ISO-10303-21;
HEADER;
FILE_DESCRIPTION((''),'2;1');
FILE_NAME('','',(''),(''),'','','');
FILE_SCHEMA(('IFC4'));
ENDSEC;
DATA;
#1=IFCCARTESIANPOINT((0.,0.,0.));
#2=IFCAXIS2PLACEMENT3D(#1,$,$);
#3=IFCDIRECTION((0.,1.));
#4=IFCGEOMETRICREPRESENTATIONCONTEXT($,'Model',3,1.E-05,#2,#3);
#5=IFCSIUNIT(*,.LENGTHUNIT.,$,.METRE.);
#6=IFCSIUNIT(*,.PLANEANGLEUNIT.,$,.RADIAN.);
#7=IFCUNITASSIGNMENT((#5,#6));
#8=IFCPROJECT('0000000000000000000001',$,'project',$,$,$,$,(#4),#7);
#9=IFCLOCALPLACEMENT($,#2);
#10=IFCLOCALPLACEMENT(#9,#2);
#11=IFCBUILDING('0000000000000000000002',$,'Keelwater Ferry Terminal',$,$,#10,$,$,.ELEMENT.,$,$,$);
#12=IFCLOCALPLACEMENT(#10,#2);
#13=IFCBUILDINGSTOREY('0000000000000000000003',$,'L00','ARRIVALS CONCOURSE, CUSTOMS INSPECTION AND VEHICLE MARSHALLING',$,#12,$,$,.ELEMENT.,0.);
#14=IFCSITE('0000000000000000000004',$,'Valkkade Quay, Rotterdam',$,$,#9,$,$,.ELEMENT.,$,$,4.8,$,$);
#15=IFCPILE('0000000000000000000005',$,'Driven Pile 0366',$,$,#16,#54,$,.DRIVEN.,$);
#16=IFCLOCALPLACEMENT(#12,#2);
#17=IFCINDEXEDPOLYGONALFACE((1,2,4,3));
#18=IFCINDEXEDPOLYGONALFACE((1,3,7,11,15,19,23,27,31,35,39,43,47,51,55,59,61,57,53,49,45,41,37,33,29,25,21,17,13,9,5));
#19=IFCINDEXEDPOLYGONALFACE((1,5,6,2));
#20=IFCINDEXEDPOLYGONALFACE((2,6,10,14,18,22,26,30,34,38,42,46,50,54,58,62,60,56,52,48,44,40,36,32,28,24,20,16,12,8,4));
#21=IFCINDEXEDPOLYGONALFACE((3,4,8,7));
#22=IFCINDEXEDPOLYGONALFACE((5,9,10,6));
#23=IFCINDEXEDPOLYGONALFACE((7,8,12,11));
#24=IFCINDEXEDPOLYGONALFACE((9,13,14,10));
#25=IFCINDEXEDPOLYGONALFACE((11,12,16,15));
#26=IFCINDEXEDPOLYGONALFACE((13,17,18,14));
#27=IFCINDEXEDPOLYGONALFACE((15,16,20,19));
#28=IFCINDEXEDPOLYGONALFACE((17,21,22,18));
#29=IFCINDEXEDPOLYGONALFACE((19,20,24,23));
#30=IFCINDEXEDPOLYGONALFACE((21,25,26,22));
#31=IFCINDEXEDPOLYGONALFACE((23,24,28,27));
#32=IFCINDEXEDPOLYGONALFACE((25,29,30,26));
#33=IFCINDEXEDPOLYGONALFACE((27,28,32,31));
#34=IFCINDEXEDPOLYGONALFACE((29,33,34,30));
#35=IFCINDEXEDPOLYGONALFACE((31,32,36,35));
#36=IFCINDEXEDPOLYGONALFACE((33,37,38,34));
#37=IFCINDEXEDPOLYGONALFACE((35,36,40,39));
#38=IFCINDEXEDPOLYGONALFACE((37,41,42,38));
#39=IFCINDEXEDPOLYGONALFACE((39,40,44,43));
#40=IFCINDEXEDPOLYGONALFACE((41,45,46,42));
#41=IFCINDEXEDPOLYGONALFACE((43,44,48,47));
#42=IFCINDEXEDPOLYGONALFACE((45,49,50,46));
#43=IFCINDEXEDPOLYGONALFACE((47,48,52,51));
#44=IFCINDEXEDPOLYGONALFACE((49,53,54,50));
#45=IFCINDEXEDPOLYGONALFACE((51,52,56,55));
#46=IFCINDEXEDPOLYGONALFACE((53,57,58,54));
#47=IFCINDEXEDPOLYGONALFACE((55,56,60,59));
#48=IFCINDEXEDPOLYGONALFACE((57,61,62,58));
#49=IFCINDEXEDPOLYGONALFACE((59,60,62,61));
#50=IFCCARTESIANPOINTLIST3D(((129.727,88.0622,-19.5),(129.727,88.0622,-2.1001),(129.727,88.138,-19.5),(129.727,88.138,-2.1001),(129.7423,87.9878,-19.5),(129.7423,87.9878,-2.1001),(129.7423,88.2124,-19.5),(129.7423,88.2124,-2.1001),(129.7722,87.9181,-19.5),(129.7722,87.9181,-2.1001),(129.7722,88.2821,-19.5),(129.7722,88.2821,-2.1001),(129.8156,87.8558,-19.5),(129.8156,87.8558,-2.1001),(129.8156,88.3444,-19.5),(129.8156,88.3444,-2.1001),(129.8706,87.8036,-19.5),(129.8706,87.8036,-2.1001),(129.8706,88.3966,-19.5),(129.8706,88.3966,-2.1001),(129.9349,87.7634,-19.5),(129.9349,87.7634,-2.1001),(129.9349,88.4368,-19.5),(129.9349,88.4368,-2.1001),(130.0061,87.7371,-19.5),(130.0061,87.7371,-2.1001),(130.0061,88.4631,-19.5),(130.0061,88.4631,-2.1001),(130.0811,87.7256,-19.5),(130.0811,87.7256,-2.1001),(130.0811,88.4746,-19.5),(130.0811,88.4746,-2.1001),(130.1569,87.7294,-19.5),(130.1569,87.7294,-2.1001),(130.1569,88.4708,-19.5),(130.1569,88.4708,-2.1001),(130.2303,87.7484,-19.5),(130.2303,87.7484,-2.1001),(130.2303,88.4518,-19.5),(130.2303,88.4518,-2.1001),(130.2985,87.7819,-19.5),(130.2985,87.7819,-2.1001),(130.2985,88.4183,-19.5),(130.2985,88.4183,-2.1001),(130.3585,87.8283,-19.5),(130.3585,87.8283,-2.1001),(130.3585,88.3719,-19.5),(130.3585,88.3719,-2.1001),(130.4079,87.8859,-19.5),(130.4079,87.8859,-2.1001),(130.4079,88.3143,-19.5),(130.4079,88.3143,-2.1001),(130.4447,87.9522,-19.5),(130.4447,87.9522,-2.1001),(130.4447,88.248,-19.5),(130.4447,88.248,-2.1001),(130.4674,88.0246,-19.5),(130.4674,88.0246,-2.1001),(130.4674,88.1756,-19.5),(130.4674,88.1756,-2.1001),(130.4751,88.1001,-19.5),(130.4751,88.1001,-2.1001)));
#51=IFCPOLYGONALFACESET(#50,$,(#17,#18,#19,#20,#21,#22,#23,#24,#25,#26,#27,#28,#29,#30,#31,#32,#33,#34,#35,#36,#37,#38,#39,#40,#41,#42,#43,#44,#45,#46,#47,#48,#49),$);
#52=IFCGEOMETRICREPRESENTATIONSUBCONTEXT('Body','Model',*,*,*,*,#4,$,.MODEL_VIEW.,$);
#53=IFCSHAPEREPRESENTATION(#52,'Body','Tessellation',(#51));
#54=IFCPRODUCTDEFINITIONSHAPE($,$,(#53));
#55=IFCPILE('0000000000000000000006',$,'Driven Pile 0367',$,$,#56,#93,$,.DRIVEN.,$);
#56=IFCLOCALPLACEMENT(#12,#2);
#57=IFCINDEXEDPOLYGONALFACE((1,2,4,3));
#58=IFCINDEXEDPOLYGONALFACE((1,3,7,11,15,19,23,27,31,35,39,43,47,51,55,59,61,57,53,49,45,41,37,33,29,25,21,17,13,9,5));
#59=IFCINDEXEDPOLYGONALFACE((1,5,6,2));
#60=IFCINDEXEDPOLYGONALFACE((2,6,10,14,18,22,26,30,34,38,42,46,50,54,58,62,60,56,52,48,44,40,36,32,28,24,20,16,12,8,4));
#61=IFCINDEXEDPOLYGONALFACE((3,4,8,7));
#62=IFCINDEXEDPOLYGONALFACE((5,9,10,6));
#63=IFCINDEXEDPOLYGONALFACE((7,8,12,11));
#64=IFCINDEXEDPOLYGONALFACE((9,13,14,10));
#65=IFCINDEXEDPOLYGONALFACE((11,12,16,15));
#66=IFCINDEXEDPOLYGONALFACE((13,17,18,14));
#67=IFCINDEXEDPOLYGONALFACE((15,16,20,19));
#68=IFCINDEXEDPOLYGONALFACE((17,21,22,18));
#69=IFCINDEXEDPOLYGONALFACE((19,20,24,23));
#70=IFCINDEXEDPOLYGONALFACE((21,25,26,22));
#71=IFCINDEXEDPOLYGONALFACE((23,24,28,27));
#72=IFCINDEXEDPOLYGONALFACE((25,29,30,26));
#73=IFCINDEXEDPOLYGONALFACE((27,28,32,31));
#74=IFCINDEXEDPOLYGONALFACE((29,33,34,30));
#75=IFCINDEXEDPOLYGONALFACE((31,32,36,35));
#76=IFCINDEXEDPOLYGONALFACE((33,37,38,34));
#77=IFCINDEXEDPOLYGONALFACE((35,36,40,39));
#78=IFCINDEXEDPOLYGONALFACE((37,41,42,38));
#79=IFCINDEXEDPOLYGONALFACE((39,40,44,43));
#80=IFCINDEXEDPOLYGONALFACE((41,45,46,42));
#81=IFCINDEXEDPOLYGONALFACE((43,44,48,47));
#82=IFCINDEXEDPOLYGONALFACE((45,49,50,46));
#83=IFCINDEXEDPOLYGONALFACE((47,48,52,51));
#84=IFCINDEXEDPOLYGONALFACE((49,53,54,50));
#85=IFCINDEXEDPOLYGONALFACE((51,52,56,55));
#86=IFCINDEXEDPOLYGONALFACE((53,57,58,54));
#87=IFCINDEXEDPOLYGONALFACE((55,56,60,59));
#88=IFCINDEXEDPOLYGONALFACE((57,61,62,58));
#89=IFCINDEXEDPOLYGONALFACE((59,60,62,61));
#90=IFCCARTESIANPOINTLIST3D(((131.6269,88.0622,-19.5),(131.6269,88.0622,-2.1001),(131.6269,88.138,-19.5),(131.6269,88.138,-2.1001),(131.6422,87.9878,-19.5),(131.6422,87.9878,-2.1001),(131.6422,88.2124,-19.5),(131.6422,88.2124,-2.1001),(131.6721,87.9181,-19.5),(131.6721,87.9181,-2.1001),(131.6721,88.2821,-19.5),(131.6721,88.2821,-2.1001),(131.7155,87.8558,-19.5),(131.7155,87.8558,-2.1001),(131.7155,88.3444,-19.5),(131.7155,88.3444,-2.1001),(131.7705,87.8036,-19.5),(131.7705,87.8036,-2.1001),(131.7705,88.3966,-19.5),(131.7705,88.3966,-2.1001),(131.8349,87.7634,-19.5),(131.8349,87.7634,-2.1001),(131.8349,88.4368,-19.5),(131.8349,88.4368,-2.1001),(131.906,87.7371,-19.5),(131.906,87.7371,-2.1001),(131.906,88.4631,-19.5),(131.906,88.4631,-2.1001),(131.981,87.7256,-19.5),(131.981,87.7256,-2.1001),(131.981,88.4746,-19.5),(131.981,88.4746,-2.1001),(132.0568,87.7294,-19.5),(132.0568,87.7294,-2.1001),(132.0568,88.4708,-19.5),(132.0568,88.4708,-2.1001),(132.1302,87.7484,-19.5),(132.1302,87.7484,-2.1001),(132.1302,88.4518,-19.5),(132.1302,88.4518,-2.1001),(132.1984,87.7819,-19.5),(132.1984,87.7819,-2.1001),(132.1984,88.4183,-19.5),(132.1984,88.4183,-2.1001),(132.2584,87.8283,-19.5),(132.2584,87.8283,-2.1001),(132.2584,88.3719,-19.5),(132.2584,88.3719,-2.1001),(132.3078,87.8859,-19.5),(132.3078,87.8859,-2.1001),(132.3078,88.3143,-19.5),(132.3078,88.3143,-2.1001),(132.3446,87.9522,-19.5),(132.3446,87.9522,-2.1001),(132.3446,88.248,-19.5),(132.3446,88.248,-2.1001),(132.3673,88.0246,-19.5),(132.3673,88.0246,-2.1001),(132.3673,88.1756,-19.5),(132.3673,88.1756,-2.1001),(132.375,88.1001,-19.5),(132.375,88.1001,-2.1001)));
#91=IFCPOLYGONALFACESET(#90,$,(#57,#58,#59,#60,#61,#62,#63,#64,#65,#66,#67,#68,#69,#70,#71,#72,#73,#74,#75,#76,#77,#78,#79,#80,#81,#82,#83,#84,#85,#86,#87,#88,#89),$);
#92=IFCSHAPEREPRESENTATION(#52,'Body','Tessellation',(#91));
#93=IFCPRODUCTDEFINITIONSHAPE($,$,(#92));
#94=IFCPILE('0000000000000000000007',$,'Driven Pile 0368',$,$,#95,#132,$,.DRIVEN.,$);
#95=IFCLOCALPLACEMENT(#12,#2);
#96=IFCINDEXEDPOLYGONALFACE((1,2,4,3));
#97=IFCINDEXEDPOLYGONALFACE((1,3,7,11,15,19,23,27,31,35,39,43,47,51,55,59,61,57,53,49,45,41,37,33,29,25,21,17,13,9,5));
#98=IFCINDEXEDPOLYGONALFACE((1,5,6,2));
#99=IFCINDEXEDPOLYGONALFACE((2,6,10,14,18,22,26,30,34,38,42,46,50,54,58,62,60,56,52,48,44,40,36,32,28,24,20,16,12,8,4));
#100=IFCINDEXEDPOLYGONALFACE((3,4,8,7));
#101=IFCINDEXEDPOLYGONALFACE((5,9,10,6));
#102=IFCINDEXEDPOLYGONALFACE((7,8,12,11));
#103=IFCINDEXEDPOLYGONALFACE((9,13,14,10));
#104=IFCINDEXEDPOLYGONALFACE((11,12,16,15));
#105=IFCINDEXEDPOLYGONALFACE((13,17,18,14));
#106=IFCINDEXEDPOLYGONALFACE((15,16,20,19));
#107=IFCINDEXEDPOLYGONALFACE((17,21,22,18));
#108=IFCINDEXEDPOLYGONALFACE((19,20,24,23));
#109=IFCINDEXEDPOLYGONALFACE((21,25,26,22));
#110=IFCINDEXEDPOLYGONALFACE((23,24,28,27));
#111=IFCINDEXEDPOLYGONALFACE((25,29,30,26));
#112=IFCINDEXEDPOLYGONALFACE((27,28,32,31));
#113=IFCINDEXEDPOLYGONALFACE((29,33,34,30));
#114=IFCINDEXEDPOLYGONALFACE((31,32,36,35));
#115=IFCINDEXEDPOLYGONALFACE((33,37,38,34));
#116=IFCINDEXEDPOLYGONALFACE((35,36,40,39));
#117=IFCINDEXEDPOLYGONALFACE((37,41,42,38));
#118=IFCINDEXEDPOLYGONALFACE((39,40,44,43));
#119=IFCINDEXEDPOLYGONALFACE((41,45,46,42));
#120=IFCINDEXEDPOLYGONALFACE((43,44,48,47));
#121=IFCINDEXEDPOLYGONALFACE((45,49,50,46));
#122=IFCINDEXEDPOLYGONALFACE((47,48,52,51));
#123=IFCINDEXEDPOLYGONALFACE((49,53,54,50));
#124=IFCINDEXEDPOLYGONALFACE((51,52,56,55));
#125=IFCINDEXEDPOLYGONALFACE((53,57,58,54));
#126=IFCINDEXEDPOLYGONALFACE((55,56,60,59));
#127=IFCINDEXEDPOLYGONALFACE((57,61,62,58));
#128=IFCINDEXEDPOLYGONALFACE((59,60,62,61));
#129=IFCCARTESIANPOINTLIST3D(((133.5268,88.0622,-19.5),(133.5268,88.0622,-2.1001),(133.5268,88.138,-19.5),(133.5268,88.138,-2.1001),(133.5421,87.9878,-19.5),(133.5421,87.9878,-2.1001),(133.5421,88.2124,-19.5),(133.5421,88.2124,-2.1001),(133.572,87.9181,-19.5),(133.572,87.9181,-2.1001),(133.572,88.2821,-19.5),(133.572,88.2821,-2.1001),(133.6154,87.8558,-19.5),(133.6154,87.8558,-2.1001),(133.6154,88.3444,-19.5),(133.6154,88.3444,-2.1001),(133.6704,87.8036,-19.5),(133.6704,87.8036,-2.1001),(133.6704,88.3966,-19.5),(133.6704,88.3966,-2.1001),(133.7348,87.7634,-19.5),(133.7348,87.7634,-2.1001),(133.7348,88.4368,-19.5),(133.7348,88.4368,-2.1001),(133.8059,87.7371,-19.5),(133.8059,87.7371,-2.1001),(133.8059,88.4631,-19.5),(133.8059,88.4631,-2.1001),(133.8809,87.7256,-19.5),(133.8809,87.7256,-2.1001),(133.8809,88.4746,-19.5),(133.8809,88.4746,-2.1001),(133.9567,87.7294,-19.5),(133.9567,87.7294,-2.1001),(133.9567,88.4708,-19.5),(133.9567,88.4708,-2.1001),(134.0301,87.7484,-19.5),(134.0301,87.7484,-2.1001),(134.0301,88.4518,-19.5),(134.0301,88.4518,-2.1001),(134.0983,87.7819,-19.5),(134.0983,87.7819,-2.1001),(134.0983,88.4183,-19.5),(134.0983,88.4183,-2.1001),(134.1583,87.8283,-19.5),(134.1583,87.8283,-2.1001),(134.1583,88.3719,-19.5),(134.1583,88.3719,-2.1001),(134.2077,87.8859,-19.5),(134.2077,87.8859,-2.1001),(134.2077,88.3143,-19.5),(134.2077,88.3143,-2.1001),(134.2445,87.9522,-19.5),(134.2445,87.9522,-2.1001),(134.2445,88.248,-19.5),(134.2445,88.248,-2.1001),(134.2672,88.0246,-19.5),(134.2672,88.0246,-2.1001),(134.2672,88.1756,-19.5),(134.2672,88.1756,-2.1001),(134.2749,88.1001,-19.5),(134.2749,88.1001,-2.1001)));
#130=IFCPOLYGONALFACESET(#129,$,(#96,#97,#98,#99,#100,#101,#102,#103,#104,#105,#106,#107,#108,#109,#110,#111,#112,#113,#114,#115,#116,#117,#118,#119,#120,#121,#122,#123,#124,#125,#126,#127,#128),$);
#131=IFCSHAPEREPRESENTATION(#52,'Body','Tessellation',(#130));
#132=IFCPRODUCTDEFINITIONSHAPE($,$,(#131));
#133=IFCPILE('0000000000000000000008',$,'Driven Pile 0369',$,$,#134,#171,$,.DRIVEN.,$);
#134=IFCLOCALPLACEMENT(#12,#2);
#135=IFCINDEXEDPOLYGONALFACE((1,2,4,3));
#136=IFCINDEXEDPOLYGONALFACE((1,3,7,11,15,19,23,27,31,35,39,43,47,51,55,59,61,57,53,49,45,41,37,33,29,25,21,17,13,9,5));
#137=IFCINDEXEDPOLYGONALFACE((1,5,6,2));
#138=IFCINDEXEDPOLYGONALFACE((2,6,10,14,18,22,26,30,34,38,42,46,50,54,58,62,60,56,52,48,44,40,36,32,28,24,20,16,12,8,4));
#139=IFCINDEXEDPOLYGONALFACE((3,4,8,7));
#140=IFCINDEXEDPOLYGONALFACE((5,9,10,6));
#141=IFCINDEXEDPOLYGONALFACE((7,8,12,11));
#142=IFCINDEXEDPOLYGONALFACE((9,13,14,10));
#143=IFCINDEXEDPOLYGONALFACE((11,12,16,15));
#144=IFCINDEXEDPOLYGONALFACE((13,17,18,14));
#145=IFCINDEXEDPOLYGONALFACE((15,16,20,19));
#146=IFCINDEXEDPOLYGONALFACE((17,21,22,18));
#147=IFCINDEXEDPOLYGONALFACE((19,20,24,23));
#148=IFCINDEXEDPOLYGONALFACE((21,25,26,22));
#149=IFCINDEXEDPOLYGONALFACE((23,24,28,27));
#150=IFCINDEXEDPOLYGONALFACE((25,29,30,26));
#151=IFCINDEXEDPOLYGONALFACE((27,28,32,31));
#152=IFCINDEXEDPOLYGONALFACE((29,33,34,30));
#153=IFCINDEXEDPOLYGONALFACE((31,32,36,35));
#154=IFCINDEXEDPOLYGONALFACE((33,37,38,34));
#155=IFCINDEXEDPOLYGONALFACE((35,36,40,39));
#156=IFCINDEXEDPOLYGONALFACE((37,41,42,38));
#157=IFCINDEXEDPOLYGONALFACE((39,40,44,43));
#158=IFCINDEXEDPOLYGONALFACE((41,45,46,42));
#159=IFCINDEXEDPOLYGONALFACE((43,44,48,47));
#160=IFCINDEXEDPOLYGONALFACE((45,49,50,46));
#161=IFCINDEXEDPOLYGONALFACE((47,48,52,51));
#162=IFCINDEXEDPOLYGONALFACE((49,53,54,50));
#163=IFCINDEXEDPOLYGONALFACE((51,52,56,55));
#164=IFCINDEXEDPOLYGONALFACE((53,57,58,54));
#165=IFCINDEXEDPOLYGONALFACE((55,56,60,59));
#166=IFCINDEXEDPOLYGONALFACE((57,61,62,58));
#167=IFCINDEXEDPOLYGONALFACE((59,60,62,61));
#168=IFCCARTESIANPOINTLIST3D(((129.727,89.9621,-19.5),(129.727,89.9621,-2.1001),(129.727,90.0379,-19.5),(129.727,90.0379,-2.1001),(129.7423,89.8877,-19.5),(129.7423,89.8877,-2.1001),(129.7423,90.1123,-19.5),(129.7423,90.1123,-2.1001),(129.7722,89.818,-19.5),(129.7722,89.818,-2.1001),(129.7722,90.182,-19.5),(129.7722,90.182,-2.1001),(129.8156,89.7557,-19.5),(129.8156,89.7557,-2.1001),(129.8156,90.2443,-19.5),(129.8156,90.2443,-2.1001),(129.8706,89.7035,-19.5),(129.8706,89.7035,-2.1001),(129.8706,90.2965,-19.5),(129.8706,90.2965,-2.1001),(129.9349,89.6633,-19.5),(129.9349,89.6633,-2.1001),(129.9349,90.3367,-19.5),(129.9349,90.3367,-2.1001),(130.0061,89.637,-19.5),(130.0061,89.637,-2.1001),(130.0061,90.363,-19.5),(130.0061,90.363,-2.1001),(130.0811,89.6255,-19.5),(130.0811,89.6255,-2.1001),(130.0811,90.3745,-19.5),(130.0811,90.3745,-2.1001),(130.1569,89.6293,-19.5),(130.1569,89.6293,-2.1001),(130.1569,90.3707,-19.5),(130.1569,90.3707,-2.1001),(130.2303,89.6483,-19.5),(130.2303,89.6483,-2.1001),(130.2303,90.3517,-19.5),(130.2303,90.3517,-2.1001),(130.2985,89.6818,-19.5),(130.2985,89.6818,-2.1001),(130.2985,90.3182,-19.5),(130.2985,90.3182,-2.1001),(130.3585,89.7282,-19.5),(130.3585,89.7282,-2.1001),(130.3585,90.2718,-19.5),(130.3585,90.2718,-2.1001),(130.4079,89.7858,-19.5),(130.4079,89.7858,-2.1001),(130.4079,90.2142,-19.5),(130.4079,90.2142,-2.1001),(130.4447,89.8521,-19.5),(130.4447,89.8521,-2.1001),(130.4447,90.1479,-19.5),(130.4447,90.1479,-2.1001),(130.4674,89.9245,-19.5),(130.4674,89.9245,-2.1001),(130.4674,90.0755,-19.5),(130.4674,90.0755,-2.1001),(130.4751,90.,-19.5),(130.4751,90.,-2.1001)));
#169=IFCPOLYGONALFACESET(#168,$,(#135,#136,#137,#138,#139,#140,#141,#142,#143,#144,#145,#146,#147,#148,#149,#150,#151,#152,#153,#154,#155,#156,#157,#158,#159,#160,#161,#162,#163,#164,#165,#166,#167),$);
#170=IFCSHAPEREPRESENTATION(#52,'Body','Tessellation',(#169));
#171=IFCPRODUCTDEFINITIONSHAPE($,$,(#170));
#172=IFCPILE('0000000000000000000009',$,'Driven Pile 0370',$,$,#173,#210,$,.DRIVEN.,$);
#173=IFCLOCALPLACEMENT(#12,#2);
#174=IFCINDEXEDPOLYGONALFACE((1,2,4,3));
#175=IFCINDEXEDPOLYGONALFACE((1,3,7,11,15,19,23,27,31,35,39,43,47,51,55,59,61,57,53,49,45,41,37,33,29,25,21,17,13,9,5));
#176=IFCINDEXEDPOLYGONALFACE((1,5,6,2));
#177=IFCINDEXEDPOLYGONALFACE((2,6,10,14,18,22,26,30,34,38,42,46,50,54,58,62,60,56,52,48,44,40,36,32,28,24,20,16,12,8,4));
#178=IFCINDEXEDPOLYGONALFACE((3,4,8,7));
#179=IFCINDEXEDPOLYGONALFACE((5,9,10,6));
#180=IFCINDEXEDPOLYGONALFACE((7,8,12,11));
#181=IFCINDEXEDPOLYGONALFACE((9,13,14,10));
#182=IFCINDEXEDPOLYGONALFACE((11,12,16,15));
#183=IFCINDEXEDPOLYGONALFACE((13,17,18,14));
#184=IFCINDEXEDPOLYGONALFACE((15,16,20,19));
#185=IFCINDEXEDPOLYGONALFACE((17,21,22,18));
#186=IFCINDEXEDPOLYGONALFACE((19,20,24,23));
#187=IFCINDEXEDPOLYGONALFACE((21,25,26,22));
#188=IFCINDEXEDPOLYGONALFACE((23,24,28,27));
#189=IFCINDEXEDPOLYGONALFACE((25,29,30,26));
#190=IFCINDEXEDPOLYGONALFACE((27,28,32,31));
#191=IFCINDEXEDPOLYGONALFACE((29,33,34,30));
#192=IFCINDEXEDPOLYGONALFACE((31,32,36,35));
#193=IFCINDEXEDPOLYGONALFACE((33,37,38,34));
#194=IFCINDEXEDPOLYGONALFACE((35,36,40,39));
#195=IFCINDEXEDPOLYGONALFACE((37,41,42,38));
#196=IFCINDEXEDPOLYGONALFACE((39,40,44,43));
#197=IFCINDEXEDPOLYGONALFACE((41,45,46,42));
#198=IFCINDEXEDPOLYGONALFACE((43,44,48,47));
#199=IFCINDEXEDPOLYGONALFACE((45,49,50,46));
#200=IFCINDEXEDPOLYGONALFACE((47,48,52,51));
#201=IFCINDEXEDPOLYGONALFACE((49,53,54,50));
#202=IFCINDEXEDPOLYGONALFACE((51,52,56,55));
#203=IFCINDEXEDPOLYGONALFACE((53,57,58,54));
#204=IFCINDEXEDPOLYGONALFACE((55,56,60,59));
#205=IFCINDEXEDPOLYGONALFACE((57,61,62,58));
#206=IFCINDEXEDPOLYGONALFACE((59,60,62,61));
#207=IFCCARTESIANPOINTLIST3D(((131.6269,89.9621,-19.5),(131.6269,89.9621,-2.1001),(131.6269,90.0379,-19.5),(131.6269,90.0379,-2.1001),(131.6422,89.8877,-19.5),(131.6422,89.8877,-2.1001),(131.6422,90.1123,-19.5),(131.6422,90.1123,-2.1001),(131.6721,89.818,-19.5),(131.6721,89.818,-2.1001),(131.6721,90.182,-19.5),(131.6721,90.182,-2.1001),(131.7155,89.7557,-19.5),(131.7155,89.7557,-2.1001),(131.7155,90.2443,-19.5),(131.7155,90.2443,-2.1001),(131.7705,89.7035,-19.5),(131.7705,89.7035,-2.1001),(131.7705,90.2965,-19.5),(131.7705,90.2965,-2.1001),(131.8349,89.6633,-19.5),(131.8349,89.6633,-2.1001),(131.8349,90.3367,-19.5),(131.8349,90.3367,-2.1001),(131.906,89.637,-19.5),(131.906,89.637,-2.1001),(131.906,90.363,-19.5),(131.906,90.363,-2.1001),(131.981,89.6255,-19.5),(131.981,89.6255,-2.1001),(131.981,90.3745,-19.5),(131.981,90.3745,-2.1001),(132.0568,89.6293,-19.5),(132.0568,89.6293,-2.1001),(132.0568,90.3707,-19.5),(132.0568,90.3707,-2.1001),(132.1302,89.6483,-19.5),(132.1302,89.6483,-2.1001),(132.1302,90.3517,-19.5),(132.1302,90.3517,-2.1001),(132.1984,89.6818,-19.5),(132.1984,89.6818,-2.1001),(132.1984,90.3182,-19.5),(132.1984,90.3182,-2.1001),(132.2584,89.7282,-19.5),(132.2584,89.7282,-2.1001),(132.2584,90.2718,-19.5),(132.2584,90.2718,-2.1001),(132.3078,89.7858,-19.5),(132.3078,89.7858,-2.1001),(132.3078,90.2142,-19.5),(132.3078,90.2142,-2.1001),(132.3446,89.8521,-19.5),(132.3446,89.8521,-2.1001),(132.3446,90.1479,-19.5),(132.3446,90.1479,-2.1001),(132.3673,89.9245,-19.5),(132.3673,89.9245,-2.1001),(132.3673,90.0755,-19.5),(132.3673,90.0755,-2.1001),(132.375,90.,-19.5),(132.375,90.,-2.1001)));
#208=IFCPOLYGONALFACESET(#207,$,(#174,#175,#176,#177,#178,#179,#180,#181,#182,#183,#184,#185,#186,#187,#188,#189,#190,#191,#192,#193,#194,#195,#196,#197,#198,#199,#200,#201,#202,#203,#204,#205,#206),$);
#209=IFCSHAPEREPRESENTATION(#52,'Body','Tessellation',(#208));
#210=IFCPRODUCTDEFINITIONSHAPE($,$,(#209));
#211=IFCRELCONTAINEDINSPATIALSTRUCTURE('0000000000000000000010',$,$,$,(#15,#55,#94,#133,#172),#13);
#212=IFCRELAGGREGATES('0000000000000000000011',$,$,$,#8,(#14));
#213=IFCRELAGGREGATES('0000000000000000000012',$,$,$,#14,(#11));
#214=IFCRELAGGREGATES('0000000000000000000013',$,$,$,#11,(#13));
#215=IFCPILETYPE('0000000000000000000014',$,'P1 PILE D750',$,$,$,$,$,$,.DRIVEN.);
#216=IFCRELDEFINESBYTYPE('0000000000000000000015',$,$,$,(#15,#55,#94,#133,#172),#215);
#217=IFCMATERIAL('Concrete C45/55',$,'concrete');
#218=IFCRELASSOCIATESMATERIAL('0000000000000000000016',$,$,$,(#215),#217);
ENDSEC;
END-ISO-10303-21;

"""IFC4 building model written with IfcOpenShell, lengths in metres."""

from ifc_helpers import new_model, si_unit, direction, frame, origin, origin_2d, place, context, subcontext, project, spatial, circle, extrude, material, material_profile, profile_set, type_object, element, save


model = new_model("IFC4")

# Units and contexts
model_context = context("Model", 3, precision=1e-05, world=origin(), true_north=direction((0.0, 1.0)))
body_context = subcontext(model_context, "Body", "Model", "MODEL_VIEW")
ifc_project = project(units=[si_unit("LENGTHUNIT", "METRE"), si_unit("PLANEANGLEUNIT", "RADIAN")], contexts=[model_context])

# Site, building, storey
site_placement = place(None, origin())
site = spatial("IfcSite", under=ifc_project, at=site_placement, Name="Valkkade Quay, Rotterdam", CompositionType="ELEMENT", RefElevation=4.8)
building_placement = place(site_placement, origin())
building = spatial("IfcBuilding", under=site, at=building_placement, Name="Keelwater Ferry Terminal", CompositionType="ELEMENT")
storey_placement = place(building_placement, origin())
storey = spatial("IfcBuildingStorey", under=building, at=storey_placement, Name="L00", Description="ARRIVALS CONCOURSE, CUSTOMS INSPECTION AND VEHICLE MARSHALLING", CompositionType="ELEMENT", Elevation=0.0)

# Piles
ifc_material_1 = material(Name="Concrete C45/55", Category="concrete")
ifc_material_profile_1 = material_profile(ifc_material_1, circle(Radius=0.375, at=origin_2d()), Name="PILE D750")
ifc_profile_set_1 = profile_set([ifc_material_profile_1], Name="Concrete C45/55")
pile_type_1 = type_object("IfcPileType", Name="P1 PILE D750", PredefinedType="DRIVEN", material=ifc_profile_set_1)
for number, where, z_axis, x_axis, name in (
    (1, (130.1001, 88.1001, -2.1001), (0.0, 0.0, -1.0), (1.0, 0.0, 0.0), "Driven Pile 0366"),
    (2, (132.0, 88.1001, -2.1001), (0.0, 0.0, -1.0), (1.0, 0.0, 0.0), "Driven Pile 0367"),
    (3, (133.8999, 88.1001, -2.1001), (0.0, 0.0, -1.0), (1.0, 0.0, 0.0), "Driven Pile 0368"),
    (4, (130.1001, 90.0, -2.1001), (0.0, 0.0, -1.0), (1.0, 0.0, 0.0), "Driven Pile 0369"),
    (5, (132.0, 90.0, -2.1001), (0.0, 0.0, -1.0), (1.0, 0.0, 0.0), "Driven Pile 0370"),
):
    element("IfcPile", number, at=place(storey_placement, frame(where, z_axis=z_axis, x_axis=x_axis)), inside=storey, type_object=pile_type_1, Name=name, PredefinedType="DRIVEN", context=body_context, shape_type="SweptSolid", body=[
        extrude(circle(Radius=0.375, at=origin_2d()), origin(), (0.0, 0.0, 1.0), 17.3999),
    ])

save(model, "model.ifc")
